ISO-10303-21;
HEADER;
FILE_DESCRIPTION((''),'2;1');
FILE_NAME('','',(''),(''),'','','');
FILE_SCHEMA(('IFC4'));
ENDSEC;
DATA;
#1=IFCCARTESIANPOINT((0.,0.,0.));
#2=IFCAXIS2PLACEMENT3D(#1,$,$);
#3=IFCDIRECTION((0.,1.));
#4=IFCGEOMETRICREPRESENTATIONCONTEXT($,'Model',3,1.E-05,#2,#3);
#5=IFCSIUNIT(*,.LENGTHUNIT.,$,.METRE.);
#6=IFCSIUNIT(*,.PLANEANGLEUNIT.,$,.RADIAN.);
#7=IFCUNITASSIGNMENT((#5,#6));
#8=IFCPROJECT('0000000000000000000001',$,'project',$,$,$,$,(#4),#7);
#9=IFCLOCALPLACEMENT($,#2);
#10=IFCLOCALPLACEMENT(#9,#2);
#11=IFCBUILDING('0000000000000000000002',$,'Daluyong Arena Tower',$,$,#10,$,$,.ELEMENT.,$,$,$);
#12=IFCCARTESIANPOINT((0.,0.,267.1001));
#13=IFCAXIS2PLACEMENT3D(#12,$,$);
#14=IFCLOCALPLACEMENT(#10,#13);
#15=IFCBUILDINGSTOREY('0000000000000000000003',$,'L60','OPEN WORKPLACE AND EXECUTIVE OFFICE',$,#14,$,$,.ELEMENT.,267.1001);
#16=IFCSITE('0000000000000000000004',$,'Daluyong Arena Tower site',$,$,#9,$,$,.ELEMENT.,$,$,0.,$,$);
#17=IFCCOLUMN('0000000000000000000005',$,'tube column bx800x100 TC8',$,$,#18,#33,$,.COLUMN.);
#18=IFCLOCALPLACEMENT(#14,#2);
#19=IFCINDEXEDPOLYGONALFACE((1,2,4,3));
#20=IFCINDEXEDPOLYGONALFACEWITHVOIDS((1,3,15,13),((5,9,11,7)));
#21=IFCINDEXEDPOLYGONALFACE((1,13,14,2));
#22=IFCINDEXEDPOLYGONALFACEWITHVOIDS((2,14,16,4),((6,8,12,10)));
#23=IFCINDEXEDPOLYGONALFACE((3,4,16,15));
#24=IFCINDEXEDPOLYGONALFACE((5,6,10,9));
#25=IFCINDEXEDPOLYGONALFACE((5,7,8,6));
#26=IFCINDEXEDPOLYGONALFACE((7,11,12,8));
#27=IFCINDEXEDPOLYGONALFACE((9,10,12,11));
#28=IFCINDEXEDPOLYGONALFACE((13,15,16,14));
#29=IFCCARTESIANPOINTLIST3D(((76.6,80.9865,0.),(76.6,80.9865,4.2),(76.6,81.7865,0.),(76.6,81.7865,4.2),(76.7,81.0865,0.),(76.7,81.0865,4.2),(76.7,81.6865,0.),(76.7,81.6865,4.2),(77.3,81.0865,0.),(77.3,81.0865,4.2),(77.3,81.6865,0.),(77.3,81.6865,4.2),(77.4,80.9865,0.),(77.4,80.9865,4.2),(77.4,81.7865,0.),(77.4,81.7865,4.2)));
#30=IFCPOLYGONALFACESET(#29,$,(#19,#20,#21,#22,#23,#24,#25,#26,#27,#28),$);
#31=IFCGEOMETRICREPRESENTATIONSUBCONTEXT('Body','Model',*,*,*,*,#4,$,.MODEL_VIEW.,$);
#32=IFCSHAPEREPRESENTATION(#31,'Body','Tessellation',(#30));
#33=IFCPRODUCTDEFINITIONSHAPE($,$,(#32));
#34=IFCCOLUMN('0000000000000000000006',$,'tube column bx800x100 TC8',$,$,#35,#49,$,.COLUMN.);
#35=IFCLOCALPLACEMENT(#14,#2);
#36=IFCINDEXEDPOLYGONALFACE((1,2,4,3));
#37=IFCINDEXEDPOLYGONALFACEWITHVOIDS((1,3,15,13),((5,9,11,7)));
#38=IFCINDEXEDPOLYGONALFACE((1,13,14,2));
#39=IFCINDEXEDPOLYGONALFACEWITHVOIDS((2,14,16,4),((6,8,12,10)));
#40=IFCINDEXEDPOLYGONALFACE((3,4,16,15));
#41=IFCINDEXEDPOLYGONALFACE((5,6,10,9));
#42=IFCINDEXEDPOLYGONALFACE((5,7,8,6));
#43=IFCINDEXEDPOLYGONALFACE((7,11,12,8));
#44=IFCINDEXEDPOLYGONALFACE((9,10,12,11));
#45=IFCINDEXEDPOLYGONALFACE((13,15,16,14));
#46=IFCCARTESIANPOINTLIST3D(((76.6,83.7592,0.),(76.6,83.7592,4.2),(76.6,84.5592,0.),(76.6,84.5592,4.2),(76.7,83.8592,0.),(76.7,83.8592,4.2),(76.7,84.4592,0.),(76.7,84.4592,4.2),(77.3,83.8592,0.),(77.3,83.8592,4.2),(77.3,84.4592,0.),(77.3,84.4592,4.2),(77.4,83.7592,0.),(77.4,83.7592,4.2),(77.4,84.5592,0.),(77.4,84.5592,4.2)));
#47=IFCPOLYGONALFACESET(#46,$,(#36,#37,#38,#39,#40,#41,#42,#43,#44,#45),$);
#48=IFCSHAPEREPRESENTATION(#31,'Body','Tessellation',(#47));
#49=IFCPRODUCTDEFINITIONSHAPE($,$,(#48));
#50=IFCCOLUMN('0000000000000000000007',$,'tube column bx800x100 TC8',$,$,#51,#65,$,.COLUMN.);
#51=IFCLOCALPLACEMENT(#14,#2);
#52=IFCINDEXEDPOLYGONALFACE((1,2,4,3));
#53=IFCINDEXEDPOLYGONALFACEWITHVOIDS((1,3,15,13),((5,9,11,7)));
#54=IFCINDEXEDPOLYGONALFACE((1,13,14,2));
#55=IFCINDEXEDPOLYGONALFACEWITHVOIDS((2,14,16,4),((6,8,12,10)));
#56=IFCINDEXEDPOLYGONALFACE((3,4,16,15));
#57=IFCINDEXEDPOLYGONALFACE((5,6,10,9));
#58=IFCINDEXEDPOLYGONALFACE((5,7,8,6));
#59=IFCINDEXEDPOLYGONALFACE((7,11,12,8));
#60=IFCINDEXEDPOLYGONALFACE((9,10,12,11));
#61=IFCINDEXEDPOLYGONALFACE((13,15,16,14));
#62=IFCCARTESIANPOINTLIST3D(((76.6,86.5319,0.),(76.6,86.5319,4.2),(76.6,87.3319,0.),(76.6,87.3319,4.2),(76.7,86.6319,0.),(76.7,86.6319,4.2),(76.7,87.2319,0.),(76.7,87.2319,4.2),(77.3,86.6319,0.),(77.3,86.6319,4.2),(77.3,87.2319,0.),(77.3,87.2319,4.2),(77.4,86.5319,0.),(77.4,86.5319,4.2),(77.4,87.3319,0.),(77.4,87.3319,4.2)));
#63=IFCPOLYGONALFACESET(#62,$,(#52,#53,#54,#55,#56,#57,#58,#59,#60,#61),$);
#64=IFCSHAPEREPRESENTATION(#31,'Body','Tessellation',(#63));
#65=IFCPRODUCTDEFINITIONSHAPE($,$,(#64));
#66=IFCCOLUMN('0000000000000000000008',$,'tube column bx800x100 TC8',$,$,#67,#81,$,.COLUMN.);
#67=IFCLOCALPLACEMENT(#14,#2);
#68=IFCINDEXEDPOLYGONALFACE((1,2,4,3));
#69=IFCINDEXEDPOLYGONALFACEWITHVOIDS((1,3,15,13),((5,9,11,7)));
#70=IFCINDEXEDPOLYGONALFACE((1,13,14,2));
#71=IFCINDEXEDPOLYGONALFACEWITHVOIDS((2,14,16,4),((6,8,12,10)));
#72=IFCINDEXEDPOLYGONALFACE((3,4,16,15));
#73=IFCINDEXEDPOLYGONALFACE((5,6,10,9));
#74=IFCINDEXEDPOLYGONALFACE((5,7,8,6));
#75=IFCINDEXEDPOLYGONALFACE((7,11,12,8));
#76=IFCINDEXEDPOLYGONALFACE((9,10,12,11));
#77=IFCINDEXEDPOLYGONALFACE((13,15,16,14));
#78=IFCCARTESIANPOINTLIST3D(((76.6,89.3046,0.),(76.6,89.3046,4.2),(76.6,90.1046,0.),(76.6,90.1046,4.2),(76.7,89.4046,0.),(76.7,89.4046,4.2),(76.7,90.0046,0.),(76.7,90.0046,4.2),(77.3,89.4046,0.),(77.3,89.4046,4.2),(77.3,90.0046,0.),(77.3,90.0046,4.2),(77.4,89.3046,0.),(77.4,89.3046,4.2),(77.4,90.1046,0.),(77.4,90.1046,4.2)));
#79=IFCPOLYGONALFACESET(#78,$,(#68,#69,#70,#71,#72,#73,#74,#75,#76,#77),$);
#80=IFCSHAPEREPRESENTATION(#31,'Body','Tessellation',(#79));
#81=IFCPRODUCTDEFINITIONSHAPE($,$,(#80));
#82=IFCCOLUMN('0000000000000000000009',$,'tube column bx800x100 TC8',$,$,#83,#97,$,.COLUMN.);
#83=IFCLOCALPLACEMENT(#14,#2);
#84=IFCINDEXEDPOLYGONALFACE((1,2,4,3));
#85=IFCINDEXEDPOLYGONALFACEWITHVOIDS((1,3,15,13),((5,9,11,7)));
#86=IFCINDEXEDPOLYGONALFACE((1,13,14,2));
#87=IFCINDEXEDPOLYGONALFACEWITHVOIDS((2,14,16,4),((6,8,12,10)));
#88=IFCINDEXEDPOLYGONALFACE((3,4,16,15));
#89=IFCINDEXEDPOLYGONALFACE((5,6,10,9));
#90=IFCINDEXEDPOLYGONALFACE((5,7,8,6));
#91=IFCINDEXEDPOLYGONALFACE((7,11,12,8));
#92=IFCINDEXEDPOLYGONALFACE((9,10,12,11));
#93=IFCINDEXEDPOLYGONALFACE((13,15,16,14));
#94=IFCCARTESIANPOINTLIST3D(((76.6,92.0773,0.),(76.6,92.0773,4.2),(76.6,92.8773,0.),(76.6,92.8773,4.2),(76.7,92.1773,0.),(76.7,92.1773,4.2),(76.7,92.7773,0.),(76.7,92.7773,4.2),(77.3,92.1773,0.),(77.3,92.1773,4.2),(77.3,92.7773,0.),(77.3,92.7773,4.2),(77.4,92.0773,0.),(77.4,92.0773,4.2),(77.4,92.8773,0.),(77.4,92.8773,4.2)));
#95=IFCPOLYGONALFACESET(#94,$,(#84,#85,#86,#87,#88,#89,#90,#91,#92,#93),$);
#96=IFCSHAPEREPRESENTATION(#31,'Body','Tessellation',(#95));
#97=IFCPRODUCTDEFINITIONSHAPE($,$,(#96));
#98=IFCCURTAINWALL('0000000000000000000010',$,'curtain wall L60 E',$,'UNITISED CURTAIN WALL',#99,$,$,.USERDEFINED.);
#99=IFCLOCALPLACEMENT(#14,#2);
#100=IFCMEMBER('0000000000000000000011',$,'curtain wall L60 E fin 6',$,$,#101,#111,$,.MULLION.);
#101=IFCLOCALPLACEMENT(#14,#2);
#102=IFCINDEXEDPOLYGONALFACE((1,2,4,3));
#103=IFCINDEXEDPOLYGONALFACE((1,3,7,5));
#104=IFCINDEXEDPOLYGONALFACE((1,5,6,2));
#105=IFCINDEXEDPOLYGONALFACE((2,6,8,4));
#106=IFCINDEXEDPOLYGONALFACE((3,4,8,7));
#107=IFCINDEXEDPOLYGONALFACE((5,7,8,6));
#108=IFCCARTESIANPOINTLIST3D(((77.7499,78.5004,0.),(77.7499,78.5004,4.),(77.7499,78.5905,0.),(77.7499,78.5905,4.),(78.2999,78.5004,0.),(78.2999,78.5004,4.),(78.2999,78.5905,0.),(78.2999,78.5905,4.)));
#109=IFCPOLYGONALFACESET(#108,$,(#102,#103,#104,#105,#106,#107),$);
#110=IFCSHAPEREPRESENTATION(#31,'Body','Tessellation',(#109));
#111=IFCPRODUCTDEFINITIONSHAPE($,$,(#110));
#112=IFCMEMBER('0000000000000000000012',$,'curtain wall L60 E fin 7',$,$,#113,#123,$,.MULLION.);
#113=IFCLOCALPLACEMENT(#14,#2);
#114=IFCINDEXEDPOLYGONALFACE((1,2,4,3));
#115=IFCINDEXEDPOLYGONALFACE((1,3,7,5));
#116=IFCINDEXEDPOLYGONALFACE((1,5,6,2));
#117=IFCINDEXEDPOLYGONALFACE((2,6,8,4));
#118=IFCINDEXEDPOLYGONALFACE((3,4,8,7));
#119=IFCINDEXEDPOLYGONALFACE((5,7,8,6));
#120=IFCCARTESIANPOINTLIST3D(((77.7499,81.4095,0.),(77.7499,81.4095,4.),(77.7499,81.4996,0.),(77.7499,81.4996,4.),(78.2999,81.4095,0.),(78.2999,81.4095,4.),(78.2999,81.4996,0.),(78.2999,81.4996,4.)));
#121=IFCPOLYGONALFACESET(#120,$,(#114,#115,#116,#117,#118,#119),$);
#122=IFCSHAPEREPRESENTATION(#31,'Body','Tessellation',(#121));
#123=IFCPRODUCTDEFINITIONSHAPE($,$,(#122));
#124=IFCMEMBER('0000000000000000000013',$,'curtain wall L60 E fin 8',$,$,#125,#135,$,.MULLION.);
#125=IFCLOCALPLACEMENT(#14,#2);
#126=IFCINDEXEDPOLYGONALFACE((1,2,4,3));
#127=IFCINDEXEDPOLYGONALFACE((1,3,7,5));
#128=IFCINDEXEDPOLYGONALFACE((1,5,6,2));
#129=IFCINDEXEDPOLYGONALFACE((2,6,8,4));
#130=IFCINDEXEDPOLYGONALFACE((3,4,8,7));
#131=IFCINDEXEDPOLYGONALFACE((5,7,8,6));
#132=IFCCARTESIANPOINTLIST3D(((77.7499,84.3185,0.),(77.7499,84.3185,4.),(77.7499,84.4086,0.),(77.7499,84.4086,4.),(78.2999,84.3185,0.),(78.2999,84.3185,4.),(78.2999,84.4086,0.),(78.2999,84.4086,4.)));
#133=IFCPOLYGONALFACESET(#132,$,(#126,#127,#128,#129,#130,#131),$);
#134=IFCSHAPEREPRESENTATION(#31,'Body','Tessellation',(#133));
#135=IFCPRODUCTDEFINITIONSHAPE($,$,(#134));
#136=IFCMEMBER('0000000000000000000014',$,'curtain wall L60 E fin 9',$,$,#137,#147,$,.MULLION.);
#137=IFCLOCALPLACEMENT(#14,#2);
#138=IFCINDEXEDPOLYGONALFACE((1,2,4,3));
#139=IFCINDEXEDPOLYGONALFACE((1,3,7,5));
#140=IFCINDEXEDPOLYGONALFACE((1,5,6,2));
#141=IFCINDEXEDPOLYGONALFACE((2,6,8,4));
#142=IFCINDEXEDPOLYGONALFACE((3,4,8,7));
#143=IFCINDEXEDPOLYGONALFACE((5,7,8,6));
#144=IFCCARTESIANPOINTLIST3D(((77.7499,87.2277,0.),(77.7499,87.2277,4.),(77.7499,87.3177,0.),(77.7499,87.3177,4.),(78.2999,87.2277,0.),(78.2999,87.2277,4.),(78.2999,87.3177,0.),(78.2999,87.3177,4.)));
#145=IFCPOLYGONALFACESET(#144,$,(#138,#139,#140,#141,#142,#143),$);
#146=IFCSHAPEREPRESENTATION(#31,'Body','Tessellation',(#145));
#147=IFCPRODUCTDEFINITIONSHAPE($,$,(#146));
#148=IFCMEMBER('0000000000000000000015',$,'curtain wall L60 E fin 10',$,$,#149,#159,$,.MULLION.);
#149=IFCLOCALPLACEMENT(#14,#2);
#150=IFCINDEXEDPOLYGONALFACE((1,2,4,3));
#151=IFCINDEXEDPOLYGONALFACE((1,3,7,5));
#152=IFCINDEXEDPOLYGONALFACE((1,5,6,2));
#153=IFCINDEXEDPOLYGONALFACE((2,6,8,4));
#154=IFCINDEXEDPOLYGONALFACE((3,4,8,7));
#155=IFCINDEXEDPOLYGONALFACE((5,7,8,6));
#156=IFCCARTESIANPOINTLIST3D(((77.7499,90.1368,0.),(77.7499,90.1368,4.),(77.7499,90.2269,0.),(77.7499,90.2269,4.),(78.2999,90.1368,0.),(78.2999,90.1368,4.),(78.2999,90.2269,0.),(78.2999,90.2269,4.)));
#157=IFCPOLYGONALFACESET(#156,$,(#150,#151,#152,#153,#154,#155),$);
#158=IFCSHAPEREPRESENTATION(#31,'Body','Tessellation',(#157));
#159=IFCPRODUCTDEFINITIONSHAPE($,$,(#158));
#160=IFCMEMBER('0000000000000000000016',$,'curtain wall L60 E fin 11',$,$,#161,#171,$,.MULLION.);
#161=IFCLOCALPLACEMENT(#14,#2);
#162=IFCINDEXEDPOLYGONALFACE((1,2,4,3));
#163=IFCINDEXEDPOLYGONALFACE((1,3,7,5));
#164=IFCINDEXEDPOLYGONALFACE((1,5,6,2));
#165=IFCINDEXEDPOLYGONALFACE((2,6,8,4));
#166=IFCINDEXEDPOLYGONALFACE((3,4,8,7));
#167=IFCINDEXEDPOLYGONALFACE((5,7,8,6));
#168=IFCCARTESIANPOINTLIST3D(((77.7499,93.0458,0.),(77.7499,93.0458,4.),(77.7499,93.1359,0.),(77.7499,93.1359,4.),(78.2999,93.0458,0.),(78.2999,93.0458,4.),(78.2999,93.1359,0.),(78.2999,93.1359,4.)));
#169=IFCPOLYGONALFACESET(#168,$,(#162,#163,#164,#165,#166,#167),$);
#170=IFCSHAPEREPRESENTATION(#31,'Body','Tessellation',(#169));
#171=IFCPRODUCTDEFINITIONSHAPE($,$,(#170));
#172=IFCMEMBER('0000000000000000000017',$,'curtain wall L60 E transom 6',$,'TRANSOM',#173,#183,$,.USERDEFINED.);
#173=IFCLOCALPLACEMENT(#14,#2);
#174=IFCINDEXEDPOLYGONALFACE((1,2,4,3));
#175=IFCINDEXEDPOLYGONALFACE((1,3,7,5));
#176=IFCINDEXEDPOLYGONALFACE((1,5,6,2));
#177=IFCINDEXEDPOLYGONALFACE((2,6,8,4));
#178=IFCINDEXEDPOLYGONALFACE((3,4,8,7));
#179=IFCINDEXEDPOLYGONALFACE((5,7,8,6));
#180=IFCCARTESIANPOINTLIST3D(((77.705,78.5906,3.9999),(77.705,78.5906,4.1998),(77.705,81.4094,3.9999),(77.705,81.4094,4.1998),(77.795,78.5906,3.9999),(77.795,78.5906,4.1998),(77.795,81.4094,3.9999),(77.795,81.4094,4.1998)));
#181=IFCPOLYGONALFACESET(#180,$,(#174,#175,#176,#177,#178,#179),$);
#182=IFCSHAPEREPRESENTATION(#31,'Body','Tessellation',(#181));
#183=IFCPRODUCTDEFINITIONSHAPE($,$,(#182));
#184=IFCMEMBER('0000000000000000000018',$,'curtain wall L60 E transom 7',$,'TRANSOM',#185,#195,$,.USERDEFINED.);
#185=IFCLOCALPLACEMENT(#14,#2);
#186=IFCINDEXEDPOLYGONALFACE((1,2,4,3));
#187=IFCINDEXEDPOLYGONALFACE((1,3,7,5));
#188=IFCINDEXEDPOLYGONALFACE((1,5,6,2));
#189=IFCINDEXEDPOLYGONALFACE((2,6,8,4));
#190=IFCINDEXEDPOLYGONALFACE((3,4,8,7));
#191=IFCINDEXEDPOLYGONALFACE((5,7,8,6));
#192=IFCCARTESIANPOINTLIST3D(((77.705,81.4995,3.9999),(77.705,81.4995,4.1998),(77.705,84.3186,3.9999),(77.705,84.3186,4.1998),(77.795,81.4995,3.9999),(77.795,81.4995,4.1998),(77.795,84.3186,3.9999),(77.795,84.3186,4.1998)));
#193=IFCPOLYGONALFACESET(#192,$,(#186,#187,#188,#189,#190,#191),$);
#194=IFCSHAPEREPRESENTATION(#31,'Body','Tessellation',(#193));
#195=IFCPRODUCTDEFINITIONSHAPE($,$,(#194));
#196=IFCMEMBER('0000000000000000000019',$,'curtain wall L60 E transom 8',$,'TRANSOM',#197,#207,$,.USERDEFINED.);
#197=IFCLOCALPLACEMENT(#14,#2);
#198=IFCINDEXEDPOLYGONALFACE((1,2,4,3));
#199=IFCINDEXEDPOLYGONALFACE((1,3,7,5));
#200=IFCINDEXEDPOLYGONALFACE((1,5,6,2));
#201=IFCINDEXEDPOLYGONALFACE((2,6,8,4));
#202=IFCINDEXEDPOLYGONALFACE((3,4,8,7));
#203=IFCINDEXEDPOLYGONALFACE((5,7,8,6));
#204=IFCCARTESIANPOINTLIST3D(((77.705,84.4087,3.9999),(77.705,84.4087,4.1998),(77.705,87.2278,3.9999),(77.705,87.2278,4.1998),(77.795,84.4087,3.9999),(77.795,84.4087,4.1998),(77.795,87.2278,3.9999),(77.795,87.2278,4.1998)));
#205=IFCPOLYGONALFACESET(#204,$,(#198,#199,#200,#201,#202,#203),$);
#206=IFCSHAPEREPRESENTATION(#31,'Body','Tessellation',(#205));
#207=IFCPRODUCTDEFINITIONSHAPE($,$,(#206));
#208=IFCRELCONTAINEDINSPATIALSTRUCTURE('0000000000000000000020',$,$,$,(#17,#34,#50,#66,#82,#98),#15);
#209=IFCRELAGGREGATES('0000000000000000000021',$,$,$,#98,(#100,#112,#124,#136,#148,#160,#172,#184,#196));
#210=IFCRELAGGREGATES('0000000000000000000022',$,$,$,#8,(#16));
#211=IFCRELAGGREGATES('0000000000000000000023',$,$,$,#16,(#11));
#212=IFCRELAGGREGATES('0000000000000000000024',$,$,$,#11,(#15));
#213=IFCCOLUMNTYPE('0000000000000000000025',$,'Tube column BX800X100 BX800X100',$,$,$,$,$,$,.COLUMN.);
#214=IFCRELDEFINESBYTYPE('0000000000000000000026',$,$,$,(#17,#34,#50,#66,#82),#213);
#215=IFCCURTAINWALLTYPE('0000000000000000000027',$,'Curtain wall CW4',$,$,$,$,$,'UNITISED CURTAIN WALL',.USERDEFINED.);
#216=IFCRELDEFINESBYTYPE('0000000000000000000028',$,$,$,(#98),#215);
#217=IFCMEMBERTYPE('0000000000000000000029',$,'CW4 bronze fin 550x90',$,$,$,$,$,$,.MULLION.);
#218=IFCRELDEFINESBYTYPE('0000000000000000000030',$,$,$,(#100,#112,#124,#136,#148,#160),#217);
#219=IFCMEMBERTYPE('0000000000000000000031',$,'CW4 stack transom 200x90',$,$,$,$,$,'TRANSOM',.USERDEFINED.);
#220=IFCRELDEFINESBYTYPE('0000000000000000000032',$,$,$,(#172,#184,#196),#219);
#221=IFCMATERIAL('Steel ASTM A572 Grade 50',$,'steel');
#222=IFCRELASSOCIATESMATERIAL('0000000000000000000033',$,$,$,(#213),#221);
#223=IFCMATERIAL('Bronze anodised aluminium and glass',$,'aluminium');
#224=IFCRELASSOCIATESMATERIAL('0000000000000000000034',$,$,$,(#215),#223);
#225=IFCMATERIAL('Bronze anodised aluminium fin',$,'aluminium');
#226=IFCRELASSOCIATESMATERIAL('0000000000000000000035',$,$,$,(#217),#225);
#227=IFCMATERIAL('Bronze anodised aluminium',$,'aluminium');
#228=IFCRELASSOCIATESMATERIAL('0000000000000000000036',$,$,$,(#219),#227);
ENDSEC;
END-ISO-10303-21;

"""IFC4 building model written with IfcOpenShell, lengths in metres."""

from ifc_helpers import new_model, si_unit, direction, frame, origin, origin_2d, place, context, subcontext, project, spatial, rectangle, hollow_rectangle, extrude, material, material_profile, profile_set, type_object, element, aggregate, save


model = new_model("IFC4")

# Units and contexts
model_context = context("Model", 3, precision=1e-05, world=origin(), true_north=direction((0.0, 1.0)))
body_context = subcontext(model_context, "Body", "Model", "MODEL_VIEW")
ifc_project = project(units=[si_unit("LENGTHUNIT", "METRE"), si_unit("PLANEANGLEUNIT", "RADIAN")], contexts=[model_context])

# Site, building, storey
site_placement = place(None, origin())
site = spatial("IfcSite", under=ifc_project, at=site_placement, Name="Daluyong Arena Tower site", CompositionType="ELEMENT", RefElevation=0.0)
building_placement = place(site_placement, origin())
building = spatial("IfcBuilding", under=site, at=building_placement, Name="Daluyong Arena Tower", CompositionType="ELEMENT")
storey_placement = place(building_placement, frame((0.0, 0.0, 267.1001)))
storey = spatial("IfcBuildingStorey", under=building, at=storey_placement, Name="L60", Description="OPEN WORKPLACE AND EXECUTIVE OFFICE", CompositionType="ELEMENT", Elevation=267.1001)

# Columns
ifc_material_1 = material(Name="Steel ASTM A572 Grade 50", Category="steel")
ifc_material_profile_1 = material_profile(ifc_material_1, hollow_rectangle(XDim=0.8, YDim=0.8, WallThickness=0.1, at=origin_2d()))
ifc_profile_set_1 = profile_set([ifc_material_profile_1], Name="Steel ASTM A572 Grade 50")
column_type = type_object("IfcColumnType", Name="Tube column BX800X100 BX800X100", PredefinedType="COLUMN", material=ifc_profile_set_1)
for number, where, z_axis, x_axis, name in (
    (1, (77.0, 81.3865, 0.0), (0.0, 0.0, 1.0), (0.0, 1.0, 0.0), "tube column bx800x100 TC8"),
    (2, (77.0, 84.1592, 0.0), (0.0, 0.0, 1.0), (0.0, 1.0, 0.0), "tube column bx800x100 TC8"),
    (3, (77.0, 86.9319, 0.0), (0.0, 0.0, 1.0), (0.0, 1.0, 0.0), "tube column bx800x100 TC8"),
    (4, (77.0, 89.7046, 0.0), (0.0, 0.0, 1.0), (0.0, 1.0, 0.0), "tube column bx800x100 TC8"),
    (5, (77.0, 92.4773, 0.0), (0.0, 0.0, 1.0), (0.0, 1.0, 0.0), "tube column bx800x100 TC8"),
):
    element("IfcColumn", number, at=place(storey_placement, frame(where, z_axis=z_axis, x_axis=x_axis)), inside=storey, type_object=column_type, Name=name, PredefinedType="COLUMN", context=body_context, shape_type="SweptSolid", body=[
        extrude(hollow_rectangle(XDim=0.8, YDim=0.8, WallThickness=0.1, at=origin_2d()), origin(), (0.0, 0.0, 1.0), 4.2),
    ])

# Curtain wall, members
ifc_material_2 = material(Name="Bronze anodised aluminium and glass", Category="aluminium")
curtain_wall_type = type_object("IfcCurtainWallType", Name="Curtain wall CW4", ElementType="UNITISED CURTAIN WALL", PredefinedType="USERDEFINED", material=ifc_material_2)
curtain_wall_placement = place(storey_placement, origin())
curtain_wall = element("IfcCurtainWall", 6, at=curtain_wall_placement, inside=storey, type_object=curtain_wall_type, Name="curtain wall L60 E", ObjectType="UNITISED CURTAIN WALL", PredefinedType="USERDEFINED")
ifc_material_3 = material(Name="Bronze anodised aluminium fin", Category="aluminium")
ifc_material_profile_2 = material_profile(ifc_material_3, rectangle(XDim=0.55, YDim=0.0901, at=origin_2d()))
ifc_profile_set_2 = profile_set([ifc_material_profile_2], Name="Bronze anodised aluminium fin")
member_type_1 = type_object("IfcMemberType", Name="CW4 bronze fin 550x90", PredefinedType="MULLION", material=ifc_profile_set_2)
member_1_placement = place(storey_placement, frame((78.0249, 78.5454, 0.0), z_axis=(0.0, 0.0, 1.0), x_axis=(-1.0, 0.0, 0.0)))
member_1 = element("IfcMember", 7, at=member_1_placement, type_object=member_type_1, Name="curtain wall L60 E fin 6", PredefinedType="MULLION", context=body_context, shape_type="SweptSolid", body=[
    extrude(rectangle(XDim=0.55, YDim=0.0901, at=origin_2d()), origin(), (0.0, 0.0, 1.0), 4.0),
])
member_2_placement = place(storey_placement, frame((78.0249, 81.4546, 0.0), z_axis=(0.0, 0.0, 1.0), x_axis=(-1.0, 0.0, 0.0)))
member_2 = element("IfcMember", 8, at=member_2_placement, type_object=member_type_1, Name="curtain wall L60 E fin 7", PredefinedType="MULLION", context=body_context, shape_type="SweptSolid", body=[
    extrude(rectangle(XDim=0.55, YDim=0.0901, at=origin_2d()), origin(), (0.0, 0.0, 1.0), 4.0),
])
member_3_placement = place(storey_placement, frame((78.0249, 84.3635, 0.0), z_axis=(0.0, 0.0, 1.0), x_axis=(-1.0, 0.0, 0.0)))
member_3 = element("IfcMember", 9, at=member_3_placement, type_object=member_type_1, Name="curtain wall L60 E fin 8", PredefinedType="MULLION", context=body_context, shape_type="SweptSolid", body=[
    extrude(rectangle(XDim=0.55, YDim=0.0901, at=origin_2d()), origin(), (0.0, 0.0, 1.0), 4.0),
])
member_4_placement = place(storey_placement, frame((78.0249, 87.2727, 0.0), z_axis=(0.0, 0.0, 1.0), x_axis=(-1.0, 0.0, 0.0)))
member_4 = element("IfcMember", 10, at=member_4_placement, type_object=member_type_1, Name="curtain wall L60 E fin 9", PredefinedType="MULLION", context=body_context, shape_type="SweptSolid", body=[
    extrude(rectangle(XDim=0.55, YDim=0.0901, at=origin_2d()), origin(), (0.0, 0.0, 1.0), 4.0),
])
member_5_placement = place(storey_placement, frame((78.0249, 90.1819, 0.0), z_axis=(0.0, 0.0, 1.0), x_axis=(-1.0, 0.0, 0.0)))
member_5 = element("IfcMember", 11, at=member_5_placement, type_object=member_type_1, Name="curtain wall L60 E fin 10", PredefinedType="MULLION", context=body_context, shape_type="SweptSolid", body=[
    extrude(rectangle(XDim=0.55, YDim=0.0901, at=origin_2d()), origin(), (0.0, 0.0, 1.0), 4.0),
])
member_6_placement = place(storey_placement, frame((78.0249, 93.0908, 0.0), z_axis=(0.0, 0.0, 1.0), x_axis=(-1.0, 0.0, 0.0)))
member_6 = element("IfcMember", 12, at=member_6_placement, type_object=member_type_1, Name="curtain wall L60 E fin 11", PredefinedType="MULLION", context=body_context, shape_type="SweptSolid", body=[
    extrude(rectangle(XDim=0.55, YDim=0.0901, at=origin_2d()), origin(), (0.0, 0.0, 1.0), 4.0),
])
ifc_material_4 = material(Name="Bronze anodised aluminium", Category="aluminium")
ifc_material_profile_3 = material_profile(ifc_material_4, rectangle(XDim=0.0901, YDim=0.2, at=origin_2d()))
ifc_profile_set_3 = profile_set([ifc_material_profile_3], Name="Bronze anodised aluminium")
member_type_2 = type_object("IfcMemberType", Name="CW4 stack transom 200x90", ElementType="TRANSOM", PredefinedType="USERDEFINED", material=ifc_profile_set_3)
member_7_placement = place(storey_placement, frame((77.75, 78.5906, 4.0999), z_axis=(0.0, 1.0, 0.0), x_axis=(-1.0, 0.0, 0.0)))
member_7 = element("IfcMember", 13, at=member_7_placement, type_object=member_type_2, Name="curtain wall L60 E transom 6", ObjectType="TRANSOM", PredefinedType="USERDEFINED", context=body_context, shape_type="SweptSolid", body=[
    extrude(rectangle(XDim=0.0901, YDim=0.2, at=origin_2d()), origin(), (0.0, 0.0, 1.0), 2.8188),
])
member_8_placement = place(storey_placement, frame((77.75, 81.4995, 4.0999), z_axis=(0.0, 1.0, 0.0), x_axis=(-1.0, 0.0, 0.0)))
member_8 = element("IfcMember", 14, at=member_8_placement, type_object=member_type_2, Name="curtain wall L60 E transom 7", ObjectType="TRANSOM", PredefinedType="USERDEFINED", context=body_context, shape_type="SweptSolid", body=[
    extrude(rectangle(XDim=0.0901, YDim=0.2, at=origin_2d()), origin(), (0.0, 0.0, 1.0), 2.8191),
])
member_9_placement = place(storey_placement, frame((77.75, 84.4087, 4.0999), z_axis=(0.0, 1.0, 0.0), x_axis=(-1.0, 0.0, 0.0)))
member_9 = element("IfcMember", 15, at=member_9_placement, type_object=member_type_2, Name="curtain wall L60 E transom 8", ObjectType="TRANSOM", PredefinedType="USERDEFINED", context=body_context, shape_type="SweptSolid", body=[
    extrude(rectangle(XDim=0.0901, YDim=0.2, at=origin_2d()), origin(), (0.0, 0.0, 1.0), 2.8191),
])

aggregate(curtain_wall, [member_1, member_2, member_3, member_4, member_5, member_6, member_7, member_8, member_9])

save(model, "model.ifc")
